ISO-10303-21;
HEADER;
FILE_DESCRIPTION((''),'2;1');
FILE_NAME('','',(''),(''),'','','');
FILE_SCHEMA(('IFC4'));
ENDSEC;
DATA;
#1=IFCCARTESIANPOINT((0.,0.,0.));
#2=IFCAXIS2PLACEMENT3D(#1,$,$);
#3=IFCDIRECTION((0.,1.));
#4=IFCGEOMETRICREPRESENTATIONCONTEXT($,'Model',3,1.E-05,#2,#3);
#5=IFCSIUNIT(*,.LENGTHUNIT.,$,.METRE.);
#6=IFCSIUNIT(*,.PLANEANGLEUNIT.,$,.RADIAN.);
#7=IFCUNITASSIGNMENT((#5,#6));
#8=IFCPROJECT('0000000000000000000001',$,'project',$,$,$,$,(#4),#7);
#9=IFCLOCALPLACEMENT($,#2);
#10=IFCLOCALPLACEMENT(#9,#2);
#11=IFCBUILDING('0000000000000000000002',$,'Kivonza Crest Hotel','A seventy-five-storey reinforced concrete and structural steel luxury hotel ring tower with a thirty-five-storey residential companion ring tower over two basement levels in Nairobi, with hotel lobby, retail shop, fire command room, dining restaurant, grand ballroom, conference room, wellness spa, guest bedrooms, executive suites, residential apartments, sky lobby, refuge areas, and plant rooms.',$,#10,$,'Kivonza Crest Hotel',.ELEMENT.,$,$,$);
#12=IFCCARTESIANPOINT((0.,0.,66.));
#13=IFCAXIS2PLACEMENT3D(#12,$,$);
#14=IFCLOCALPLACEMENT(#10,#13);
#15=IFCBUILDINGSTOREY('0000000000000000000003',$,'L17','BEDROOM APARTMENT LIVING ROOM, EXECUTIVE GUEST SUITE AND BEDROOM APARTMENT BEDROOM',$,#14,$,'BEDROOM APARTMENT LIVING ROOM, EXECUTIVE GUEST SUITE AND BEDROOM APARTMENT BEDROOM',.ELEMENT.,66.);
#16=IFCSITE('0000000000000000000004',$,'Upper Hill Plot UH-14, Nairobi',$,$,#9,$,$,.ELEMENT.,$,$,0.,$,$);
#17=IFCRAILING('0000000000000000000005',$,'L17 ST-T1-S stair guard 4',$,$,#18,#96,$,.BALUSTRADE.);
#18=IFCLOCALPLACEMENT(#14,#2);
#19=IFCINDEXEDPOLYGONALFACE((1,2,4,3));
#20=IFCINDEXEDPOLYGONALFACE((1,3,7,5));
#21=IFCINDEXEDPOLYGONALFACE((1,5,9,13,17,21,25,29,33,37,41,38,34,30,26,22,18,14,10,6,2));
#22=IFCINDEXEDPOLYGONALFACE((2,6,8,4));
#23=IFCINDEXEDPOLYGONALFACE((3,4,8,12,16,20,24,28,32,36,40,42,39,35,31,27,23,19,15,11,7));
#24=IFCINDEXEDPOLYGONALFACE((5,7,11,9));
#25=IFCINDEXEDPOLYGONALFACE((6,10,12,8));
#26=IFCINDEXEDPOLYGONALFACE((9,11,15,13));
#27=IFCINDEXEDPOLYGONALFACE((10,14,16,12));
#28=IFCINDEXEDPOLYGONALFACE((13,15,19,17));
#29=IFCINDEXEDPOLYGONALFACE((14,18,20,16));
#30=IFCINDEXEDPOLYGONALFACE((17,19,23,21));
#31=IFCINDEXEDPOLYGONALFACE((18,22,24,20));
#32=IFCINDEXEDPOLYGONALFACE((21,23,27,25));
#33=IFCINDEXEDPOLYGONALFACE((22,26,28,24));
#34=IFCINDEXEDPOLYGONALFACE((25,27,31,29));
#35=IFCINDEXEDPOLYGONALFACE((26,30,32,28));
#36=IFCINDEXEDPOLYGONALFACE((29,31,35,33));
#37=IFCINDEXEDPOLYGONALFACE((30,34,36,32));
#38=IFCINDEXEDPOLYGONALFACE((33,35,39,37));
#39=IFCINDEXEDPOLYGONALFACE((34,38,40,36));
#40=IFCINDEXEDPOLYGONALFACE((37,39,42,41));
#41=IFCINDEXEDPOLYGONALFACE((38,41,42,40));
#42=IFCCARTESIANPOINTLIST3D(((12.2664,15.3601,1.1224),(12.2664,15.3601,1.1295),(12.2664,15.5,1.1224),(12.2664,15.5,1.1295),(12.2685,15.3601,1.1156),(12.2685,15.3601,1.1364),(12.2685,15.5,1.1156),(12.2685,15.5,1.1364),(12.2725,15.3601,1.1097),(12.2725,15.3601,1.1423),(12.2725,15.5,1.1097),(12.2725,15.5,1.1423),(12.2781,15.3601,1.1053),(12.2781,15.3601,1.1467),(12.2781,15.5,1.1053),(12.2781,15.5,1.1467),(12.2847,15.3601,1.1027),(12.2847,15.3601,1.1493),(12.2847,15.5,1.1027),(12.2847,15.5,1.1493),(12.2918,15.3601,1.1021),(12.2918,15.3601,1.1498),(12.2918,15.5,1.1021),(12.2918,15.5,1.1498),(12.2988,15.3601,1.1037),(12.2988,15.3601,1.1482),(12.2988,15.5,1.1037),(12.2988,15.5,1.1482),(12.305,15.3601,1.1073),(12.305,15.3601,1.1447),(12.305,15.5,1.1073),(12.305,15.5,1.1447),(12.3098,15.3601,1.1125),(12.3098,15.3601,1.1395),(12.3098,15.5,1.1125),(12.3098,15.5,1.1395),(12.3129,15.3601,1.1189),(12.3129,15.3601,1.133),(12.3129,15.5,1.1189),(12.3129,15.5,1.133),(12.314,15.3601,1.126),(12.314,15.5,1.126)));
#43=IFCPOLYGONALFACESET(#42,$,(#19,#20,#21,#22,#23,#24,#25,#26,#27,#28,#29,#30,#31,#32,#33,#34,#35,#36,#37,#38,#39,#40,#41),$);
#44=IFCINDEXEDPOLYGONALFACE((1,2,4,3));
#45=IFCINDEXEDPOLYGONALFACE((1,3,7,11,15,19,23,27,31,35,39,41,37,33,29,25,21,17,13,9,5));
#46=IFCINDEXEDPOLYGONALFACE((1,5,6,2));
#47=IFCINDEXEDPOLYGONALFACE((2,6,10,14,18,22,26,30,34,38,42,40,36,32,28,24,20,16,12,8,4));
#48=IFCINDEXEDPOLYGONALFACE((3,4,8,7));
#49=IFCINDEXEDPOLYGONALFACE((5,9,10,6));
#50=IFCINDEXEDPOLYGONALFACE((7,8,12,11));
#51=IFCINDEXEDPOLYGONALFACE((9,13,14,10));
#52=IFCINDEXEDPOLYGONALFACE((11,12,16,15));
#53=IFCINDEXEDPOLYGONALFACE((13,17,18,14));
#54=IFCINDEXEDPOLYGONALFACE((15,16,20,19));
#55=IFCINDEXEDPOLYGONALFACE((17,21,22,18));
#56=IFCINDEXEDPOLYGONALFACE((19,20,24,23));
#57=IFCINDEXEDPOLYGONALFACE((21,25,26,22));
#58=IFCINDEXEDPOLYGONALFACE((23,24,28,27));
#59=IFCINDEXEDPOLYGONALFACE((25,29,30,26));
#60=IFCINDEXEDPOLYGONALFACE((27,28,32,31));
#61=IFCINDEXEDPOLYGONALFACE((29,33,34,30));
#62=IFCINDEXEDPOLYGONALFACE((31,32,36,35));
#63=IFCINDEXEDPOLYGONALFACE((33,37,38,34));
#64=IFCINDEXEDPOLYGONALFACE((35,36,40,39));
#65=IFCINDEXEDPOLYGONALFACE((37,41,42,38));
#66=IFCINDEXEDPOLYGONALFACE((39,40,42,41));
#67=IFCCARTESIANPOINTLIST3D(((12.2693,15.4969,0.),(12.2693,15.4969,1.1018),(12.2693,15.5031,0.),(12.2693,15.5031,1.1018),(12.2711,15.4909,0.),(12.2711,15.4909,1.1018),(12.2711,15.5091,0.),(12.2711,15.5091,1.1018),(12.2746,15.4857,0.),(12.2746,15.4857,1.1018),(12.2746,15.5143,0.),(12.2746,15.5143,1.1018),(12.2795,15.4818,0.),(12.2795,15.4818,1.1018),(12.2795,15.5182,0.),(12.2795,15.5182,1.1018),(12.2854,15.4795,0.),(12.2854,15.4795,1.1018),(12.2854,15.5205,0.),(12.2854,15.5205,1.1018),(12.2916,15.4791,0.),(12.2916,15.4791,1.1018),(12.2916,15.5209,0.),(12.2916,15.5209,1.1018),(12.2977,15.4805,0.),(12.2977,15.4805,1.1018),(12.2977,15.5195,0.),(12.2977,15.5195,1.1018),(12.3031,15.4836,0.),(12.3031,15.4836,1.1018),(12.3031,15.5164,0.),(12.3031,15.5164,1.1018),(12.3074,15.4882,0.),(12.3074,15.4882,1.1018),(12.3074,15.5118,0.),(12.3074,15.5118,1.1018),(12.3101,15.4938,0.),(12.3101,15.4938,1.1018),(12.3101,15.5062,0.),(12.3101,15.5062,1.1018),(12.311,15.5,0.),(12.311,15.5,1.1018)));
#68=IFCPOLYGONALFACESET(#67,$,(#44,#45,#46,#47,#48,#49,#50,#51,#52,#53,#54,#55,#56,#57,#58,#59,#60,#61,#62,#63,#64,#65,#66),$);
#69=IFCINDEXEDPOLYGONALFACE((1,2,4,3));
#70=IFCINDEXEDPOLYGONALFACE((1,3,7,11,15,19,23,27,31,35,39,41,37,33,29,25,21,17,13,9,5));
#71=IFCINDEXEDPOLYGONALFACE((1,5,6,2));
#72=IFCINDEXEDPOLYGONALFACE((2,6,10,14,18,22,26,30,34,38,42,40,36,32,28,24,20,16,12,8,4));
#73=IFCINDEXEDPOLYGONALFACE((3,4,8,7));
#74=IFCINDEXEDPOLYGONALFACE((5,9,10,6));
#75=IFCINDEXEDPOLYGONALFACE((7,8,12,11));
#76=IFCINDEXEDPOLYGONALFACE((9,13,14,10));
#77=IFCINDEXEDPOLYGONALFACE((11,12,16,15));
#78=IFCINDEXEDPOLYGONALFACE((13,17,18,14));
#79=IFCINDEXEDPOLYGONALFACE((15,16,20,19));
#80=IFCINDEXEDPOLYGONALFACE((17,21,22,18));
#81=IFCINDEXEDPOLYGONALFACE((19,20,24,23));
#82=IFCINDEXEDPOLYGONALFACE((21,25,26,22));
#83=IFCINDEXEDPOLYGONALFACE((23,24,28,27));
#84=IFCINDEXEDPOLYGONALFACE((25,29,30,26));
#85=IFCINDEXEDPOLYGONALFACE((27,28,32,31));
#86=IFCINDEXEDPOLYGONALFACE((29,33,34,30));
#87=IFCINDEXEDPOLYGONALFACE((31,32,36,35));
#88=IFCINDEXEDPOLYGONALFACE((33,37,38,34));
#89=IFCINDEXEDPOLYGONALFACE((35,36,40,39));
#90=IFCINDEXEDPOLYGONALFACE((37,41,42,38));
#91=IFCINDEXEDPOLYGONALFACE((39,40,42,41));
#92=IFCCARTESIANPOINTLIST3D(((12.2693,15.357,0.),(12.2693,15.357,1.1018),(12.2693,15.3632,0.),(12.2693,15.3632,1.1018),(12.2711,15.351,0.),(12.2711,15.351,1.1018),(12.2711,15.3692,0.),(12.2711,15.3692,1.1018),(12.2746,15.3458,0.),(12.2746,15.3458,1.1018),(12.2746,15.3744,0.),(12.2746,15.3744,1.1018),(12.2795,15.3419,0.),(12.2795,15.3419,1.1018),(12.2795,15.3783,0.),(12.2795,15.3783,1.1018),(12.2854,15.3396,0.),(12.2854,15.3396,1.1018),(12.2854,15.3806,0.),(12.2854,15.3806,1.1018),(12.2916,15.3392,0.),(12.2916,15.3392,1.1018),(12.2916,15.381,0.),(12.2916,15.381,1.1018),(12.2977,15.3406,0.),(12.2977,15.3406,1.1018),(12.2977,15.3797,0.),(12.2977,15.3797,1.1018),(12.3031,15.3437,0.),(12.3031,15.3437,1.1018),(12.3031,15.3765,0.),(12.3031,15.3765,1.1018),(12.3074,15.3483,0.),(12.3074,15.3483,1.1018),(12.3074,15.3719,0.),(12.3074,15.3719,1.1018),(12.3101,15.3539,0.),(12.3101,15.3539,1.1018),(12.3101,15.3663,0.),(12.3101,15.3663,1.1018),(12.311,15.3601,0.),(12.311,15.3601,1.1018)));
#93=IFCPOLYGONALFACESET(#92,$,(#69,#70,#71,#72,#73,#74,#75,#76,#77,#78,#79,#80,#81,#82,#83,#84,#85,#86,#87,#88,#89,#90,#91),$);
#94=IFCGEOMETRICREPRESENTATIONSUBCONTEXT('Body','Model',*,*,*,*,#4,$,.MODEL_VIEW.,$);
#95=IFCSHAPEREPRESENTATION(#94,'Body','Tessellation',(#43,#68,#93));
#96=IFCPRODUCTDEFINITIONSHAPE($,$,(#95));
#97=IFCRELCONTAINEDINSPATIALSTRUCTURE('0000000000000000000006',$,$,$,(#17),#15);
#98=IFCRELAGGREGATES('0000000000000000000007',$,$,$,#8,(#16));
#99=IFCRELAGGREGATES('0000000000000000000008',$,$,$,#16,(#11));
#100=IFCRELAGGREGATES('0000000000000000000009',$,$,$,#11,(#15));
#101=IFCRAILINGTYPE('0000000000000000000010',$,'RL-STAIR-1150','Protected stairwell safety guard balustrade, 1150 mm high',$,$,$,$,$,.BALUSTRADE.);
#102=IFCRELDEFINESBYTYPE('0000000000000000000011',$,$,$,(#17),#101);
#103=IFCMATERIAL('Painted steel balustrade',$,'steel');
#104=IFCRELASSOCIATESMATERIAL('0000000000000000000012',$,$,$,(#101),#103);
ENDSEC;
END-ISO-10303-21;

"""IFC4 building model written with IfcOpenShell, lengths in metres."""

from ifc_helpers import new_model, si_unit, direction, frame, origin, origin_2d, place, context, subcontext, project, spatial, circle, extrude, material, type_object, element, save


model = new_model("IFC4")

# Units and contexts
model_context = context("Model", 3, precision=1e-05, world=origin(), true_north=direction((0.0, 1.0)))
body_context = subcontext(model_context, "Body", "Model", "MODEL_VIEW")
ifc_project = project(units=[si_unit("LENGTHUNIT", "METRE"), si_unit("PLANEANGLEUNIT", "RADIAN")], contexts=[model_context])

# Site, building, storey
site_placement = place(None, origin())
site = spatial("IfcSite", under=ifc_project, at=site_placement, Name="Upper Hill Plot UH-14, Nairobi", CompositionType="ELEMENT", RefElevation=0.0)
building_placement = place(site_placement, origin())
building = spatial("IfcBuilding", under=site, at=building_placement, Name="Kivonza Crest Hotel", Description="A seventy-five-storey reinforced concrete and structural steel luxury hotel ring tower with a thirty-five-storey residential companion ring tower over two basement levels in Nairobi, with hotel lobby, retail shop, fire command room, dining restaurant, grand ballroom, conference room, wellness spa, guest bedrooms, executive suites, residential apartments, sky lobby, refuge areas, and plant rooms.", LongName="Kivonza Crest Hotel", CompositionType="ELEMENT")
storey_placement = place(building_placement, frame((0.0, 0.0, 66.0)))
storey = spatial("IfcBuildingStorey", under=building, at=storey_placement, Name="L17", Description="BEDROOM APARTMENT LIVING ROOM, EXECUTIVE GUEST SUITE AND BEDROOM APARTMENT BEDROOM", LongName="BEDROOM APARTMENT LIVING ROOM, EXECUTIVE GUEST SUITE AND BEDROOM APARTMENT BEDROOM", CompositionType="ELEMENT", Elevation=66.0)

# Railing
ifc_material_1 = material(Name="Painted steel balustrade", Category="steel")
railing_type_1 = type_object("IfcRailingType", Name="RL-STAIR-1150", Description="Protected stairwell safety guard balustrade, 1150 mm high", PredefinedType="BALUSTRADE", material=ifc_material_1)
railing_1_placement = place(storey_placement, frame((12.29, 15.5, 0.0)))
element("IfcRailing", 1, at=railing_1_placement, inside=storey, type_object=railing_type_1, Name="L17 ST-T1-S stair guard 4", PredefinedType="BALUSTRADE", context=body_context, shape_type="SweptSolid", body=[
    extrude(circle(Radius=0.0239, at=origin_2d()), frame((0.0, 0.0, 1.126), z_axis=(0.0, -1.0, 0.0), x_axis=(1.0, 0.0, 0.0)), (0.0, 0.0, 1.0), 0.1399),
    extrude(circle(Radius=0.021, at=origin_2d()), origin(), (0.0, 0.0, 1.0), 1.1018),
    extrude(circle(Radius=0.021, at=origin_2d()), frame((0.0, -0.1399, 0.0)), (0.0, 0.0, 1.0), 1.1018),
])

save(model, "model.ifc")
